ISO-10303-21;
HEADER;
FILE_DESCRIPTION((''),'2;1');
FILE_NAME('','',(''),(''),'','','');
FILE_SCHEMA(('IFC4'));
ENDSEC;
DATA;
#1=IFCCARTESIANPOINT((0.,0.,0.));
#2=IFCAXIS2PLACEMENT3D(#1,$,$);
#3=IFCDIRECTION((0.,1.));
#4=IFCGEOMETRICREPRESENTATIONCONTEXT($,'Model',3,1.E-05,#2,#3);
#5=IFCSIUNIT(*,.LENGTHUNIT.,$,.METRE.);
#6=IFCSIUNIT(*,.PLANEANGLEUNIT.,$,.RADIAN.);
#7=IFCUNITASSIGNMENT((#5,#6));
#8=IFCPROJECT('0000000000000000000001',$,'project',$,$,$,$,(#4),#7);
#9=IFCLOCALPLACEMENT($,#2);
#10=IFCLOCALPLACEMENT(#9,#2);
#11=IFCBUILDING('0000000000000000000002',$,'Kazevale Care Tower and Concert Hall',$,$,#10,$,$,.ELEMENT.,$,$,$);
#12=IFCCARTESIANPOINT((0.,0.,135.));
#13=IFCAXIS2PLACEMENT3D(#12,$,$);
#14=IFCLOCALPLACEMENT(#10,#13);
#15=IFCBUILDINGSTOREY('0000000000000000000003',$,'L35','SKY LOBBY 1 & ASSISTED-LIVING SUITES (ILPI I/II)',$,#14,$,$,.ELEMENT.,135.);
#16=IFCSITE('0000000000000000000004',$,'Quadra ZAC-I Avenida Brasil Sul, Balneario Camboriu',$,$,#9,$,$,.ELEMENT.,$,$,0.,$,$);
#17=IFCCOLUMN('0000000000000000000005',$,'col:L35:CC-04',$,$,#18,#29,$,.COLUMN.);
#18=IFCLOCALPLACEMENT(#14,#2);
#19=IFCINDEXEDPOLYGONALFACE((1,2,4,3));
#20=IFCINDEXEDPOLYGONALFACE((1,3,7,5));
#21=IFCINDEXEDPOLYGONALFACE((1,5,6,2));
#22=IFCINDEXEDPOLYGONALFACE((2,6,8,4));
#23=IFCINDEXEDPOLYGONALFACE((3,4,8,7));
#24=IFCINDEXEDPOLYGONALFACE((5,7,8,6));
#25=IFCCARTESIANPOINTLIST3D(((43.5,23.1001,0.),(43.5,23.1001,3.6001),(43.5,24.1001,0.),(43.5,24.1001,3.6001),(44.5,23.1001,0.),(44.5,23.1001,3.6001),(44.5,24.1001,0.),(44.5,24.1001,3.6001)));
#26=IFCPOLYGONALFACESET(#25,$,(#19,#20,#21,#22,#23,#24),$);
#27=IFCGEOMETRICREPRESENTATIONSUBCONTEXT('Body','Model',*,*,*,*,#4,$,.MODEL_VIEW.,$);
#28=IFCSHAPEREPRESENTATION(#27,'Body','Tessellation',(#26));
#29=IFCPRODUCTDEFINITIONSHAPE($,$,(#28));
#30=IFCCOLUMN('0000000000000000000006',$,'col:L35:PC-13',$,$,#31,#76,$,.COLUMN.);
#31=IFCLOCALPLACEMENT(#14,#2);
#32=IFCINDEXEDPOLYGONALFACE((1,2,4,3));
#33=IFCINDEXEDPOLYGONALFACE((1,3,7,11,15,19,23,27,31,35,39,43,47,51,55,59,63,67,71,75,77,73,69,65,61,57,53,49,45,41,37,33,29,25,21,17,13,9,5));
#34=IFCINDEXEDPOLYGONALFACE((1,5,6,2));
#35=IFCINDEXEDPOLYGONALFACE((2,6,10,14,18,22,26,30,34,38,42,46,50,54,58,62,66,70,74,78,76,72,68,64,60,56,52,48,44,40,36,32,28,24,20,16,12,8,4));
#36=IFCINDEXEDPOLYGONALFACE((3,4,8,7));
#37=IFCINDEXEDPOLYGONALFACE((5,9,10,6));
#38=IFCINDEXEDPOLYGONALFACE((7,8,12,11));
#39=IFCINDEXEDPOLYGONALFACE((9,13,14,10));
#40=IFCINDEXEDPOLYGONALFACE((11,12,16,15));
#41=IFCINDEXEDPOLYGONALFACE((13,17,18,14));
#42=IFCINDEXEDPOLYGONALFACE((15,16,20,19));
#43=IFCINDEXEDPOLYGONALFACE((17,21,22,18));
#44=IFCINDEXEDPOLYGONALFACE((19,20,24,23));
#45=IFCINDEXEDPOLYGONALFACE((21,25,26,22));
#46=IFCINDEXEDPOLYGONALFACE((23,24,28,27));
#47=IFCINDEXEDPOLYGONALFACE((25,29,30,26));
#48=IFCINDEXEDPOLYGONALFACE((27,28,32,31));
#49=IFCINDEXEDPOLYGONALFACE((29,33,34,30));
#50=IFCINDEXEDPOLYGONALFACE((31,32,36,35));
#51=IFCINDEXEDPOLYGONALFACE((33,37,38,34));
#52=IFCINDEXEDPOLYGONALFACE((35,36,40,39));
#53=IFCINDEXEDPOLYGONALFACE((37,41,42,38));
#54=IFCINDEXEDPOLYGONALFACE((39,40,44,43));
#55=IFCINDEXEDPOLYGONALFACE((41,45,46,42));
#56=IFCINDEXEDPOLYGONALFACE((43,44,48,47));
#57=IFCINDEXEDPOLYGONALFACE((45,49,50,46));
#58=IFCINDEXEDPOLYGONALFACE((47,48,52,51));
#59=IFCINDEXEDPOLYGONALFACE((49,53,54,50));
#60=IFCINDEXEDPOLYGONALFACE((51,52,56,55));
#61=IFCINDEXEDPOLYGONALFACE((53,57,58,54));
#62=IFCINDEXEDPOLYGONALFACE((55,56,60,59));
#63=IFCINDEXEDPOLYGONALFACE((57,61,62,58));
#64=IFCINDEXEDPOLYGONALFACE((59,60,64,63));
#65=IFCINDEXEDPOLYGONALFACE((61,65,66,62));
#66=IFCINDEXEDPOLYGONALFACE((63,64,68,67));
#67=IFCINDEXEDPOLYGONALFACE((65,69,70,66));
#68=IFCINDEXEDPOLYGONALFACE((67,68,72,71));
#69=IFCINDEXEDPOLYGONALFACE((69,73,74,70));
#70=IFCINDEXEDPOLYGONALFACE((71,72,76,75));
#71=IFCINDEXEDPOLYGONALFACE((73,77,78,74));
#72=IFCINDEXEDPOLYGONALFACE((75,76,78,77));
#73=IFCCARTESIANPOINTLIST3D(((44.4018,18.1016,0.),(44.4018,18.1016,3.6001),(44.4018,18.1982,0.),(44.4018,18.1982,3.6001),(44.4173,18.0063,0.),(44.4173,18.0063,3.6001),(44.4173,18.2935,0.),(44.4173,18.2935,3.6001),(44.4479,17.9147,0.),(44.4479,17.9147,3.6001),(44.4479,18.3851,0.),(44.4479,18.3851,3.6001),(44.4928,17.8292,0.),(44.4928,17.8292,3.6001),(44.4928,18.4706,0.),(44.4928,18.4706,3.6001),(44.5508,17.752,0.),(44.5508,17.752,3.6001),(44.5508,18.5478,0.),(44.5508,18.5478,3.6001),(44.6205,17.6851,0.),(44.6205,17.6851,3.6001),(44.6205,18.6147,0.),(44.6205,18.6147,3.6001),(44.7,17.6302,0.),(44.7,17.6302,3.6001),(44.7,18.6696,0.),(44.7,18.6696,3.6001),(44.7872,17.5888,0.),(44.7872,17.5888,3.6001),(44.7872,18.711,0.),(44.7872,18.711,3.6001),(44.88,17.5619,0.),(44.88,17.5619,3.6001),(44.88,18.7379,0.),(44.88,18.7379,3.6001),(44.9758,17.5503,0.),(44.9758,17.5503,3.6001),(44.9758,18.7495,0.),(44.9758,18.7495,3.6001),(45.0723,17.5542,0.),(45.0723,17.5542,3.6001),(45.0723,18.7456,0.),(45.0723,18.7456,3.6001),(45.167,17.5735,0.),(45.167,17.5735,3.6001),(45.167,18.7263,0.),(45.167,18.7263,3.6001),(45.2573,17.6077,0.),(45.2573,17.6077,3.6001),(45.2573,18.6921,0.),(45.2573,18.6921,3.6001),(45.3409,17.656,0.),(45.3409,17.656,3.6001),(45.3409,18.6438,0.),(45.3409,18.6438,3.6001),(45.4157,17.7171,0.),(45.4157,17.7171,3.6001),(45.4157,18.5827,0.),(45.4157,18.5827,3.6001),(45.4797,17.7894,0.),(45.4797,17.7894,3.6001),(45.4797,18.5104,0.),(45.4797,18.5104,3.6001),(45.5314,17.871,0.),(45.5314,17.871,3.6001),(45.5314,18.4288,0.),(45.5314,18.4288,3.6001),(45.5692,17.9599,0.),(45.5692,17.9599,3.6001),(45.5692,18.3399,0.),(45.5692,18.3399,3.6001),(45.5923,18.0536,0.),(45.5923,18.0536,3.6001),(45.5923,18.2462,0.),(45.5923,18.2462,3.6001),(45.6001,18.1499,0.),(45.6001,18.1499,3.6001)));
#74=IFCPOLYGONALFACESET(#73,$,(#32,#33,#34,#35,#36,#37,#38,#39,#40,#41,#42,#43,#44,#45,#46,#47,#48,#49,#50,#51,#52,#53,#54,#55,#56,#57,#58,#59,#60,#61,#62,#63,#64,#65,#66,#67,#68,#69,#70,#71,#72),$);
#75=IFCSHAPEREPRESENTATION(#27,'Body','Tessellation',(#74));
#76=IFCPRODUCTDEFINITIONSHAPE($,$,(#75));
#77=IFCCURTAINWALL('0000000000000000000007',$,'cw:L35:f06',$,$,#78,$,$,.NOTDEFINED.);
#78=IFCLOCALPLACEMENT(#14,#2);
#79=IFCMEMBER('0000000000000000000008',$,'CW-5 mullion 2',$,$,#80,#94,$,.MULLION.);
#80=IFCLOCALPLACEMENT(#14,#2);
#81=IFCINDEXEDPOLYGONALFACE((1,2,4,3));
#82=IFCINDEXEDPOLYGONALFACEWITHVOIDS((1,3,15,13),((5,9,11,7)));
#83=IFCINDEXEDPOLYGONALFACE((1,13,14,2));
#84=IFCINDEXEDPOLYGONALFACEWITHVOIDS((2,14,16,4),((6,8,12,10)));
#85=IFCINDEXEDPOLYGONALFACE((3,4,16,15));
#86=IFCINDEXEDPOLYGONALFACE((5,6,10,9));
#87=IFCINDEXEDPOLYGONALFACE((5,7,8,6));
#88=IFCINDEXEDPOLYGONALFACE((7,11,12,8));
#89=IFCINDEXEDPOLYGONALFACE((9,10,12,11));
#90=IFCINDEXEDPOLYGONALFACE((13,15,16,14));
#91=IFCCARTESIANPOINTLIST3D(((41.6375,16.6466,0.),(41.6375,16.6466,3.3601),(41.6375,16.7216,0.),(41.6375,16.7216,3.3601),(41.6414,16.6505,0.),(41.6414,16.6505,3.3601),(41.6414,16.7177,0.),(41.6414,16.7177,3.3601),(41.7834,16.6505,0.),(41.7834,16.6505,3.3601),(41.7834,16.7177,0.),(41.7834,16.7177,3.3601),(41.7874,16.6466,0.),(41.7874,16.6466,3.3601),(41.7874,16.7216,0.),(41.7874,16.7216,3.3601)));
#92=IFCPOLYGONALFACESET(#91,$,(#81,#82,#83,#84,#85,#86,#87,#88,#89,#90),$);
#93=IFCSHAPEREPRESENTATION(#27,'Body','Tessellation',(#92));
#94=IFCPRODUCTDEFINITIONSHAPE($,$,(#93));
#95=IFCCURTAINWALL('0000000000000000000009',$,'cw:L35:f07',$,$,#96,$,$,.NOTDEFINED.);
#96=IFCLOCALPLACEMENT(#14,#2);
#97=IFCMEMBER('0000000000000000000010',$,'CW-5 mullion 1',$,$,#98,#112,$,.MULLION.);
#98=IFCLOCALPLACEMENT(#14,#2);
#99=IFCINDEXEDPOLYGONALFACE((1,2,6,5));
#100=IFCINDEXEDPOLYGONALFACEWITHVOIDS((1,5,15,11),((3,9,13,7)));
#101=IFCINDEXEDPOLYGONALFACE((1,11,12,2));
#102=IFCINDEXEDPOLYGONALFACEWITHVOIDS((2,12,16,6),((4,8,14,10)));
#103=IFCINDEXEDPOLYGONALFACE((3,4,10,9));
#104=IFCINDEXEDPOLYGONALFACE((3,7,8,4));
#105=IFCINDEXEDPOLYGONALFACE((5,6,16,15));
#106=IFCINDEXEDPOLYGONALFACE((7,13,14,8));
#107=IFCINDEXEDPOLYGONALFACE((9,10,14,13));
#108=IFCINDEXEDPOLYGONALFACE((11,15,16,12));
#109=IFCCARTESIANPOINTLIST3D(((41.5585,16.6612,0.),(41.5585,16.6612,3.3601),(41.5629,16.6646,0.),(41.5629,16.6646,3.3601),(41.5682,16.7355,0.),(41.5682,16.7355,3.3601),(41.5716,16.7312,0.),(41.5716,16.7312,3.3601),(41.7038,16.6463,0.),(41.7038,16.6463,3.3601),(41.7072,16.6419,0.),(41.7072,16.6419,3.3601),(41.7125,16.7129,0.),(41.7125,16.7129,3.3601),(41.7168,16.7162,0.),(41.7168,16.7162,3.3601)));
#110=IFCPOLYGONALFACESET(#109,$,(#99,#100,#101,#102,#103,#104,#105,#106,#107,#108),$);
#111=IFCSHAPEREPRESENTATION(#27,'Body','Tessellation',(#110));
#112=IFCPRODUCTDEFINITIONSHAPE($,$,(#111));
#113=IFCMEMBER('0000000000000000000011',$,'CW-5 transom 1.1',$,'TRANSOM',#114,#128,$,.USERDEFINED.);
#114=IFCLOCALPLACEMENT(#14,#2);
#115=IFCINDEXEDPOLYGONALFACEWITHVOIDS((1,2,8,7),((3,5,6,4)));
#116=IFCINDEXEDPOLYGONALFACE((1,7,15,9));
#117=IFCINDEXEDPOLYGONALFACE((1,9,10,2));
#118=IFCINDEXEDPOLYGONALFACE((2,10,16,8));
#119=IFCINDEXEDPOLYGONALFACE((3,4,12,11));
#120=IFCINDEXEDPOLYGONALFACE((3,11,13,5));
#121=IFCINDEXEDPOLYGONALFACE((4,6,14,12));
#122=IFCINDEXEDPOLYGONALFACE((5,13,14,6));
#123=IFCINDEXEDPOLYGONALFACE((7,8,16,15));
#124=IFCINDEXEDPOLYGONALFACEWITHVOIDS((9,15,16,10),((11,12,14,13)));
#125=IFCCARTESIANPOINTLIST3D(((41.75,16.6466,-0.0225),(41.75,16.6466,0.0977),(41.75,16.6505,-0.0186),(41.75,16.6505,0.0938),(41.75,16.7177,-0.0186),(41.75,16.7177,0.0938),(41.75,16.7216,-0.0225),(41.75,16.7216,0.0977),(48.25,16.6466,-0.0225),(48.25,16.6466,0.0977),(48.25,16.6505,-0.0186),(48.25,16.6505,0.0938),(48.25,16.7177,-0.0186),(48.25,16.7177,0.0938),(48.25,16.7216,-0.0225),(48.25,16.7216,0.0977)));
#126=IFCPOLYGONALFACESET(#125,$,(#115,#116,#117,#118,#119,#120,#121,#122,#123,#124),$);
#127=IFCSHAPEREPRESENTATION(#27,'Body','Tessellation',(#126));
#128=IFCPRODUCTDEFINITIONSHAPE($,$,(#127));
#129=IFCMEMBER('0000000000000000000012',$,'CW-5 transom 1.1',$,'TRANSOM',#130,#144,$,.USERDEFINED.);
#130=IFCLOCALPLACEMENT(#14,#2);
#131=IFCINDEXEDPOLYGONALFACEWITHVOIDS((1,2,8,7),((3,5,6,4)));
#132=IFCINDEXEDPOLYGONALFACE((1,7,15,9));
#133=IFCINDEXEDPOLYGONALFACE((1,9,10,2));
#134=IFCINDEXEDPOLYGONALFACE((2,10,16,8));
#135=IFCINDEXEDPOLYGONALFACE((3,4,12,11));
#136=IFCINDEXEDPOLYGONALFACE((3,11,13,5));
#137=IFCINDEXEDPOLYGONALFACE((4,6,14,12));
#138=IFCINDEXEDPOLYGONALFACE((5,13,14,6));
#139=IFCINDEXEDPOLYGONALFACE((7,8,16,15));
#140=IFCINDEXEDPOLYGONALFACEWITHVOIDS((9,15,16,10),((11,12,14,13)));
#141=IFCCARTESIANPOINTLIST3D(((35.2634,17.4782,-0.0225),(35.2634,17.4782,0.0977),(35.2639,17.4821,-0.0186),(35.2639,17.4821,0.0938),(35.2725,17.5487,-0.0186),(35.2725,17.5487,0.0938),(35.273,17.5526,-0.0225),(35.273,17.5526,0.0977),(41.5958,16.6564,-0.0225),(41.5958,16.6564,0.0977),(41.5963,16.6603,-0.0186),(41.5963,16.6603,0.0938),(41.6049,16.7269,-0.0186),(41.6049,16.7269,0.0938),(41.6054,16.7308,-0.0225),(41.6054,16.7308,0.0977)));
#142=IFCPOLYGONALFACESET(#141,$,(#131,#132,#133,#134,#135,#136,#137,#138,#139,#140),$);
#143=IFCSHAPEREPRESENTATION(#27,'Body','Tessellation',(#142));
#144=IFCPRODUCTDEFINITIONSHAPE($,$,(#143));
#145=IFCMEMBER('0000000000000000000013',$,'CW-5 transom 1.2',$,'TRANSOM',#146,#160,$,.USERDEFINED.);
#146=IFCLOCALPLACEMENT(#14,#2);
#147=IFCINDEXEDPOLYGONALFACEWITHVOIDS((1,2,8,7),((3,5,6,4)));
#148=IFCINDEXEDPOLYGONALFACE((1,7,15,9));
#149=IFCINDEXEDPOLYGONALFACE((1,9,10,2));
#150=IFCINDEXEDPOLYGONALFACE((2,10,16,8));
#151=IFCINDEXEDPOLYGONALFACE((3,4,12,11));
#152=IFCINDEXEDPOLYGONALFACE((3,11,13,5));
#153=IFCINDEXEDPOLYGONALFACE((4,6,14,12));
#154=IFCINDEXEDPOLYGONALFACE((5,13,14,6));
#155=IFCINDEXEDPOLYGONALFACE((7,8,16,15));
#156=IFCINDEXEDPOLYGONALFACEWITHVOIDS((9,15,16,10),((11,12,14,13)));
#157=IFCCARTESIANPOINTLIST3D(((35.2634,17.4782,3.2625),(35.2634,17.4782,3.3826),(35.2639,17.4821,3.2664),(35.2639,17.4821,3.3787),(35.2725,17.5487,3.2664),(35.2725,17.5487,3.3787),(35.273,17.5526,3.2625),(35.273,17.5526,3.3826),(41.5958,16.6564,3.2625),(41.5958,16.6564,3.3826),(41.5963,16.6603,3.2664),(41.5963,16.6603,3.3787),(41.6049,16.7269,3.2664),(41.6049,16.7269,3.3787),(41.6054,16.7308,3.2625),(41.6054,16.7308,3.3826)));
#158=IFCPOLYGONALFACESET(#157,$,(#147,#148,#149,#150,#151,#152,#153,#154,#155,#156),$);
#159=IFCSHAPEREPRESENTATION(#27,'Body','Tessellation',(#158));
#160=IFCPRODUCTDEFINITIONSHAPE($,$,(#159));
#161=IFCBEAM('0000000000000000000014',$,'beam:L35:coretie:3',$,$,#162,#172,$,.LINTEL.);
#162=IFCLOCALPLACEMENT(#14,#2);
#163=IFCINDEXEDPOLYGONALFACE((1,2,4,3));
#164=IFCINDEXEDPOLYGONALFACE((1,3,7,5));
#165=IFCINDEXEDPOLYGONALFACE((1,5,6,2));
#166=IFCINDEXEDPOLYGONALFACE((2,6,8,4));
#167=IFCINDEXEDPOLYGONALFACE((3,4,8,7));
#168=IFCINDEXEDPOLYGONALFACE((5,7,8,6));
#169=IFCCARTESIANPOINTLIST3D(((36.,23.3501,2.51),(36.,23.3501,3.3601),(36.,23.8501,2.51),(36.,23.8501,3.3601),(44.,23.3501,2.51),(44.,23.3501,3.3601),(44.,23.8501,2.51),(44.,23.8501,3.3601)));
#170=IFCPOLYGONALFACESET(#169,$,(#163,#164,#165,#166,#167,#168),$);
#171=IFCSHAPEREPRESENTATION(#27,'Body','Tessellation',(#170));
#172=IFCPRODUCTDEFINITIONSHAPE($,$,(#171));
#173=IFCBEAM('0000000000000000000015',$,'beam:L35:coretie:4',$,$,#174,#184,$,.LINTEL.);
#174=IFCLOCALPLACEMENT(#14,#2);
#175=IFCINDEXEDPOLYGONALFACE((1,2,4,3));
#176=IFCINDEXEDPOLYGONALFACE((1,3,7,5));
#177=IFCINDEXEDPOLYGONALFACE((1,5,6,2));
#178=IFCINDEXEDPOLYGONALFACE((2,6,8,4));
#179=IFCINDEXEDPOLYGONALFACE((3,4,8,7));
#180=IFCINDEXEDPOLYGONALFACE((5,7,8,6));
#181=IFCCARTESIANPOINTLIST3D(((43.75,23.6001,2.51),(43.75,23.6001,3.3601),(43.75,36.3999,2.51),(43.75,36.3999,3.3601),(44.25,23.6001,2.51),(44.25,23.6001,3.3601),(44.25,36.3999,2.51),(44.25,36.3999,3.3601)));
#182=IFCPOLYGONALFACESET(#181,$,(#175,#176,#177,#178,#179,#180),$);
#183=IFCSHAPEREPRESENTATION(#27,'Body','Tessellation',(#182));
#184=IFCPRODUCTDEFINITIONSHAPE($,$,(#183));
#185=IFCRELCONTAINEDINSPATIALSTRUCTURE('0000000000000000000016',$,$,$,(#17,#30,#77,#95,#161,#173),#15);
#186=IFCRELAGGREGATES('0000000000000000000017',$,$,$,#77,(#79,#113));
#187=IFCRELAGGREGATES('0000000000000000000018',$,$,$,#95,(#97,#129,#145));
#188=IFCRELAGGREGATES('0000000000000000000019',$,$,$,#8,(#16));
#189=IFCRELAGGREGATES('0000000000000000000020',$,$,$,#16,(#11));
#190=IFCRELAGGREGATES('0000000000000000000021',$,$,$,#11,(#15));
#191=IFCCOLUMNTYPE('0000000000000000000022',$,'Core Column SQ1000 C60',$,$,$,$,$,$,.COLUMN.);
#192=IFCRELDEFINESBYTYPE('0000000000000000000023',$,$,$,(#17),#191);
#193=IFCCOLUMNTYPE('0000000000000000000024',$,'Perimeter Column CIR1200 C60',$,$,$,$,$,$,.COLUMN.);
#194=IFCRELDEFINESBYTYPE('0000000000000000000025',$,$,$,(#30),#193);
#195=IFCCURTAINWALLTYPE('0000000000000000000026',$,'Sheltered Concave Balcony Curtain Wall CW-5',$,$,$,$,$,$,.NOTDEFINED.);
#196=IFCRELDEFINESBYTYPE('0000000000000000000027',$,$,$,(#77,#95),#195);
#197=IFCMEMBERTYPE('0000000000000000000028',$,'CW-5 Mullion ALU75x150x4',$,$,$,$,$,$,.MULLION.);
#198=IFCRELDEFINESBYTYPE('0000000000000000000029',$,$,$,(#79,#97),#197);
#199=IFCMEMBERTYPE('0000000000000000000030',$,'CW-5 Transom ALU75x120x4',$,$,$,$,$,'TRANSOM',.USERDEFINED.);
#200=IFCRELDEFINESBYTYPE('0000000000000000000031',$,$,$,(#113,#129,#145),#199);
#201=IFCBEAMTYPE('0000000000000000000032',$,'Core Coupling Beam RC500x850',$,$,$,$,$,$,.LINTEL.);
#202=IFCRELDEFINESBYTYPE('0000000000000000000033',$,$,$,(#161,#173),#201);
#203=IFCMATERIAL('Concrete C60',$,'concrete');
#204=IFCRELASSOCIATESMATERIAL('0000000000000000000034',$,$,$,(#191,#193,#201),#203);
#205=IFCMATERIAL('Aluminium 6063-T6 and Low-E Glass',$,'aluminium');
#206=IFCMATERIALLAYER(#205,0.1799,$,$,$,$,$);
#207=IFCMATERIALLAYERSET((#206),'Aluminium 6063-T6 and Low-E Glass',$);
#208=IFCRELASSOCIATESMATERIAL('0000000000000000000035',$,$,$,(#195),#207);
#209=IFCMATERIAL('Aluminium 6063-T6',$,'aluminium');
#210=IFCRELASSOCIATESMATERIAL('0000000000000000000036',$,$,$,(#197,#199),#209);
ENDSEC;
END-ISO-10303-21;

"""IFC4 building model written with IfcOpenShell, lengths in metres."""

from ifc_helpers import new_model, si_unit, direction, frame, origin, origin_2d, place, context, subcontext, project, spatial, rectangle, hollow_rectangle, circle, extrude, material, layer, layer_set, material_profile, profile_set, type_object, element, aggregate, save


model = new_model("IFC4")

# Units and contexts
model_context = context("Model", 3, precision=1e-05, world=origin(), true_north=direction((0.0, 1.0)))
body_context = subcontext(model_context, "Body", "Model", "MODEL_VIEW")
ifc_project = project(units=[si_unit("LENGTHUNIT", "METRE"), si_unit("PLANEANGLEUNIT", "RADIAN")], contexts=[model_context])

# Site, building, storey
site_placement = place(None, origin())
site = spatial("IfcSite", under=ifc_project, at=site_placement, Name="Quadra ZAC-I Avenida Brasil Sul, Balneario Camboriu", CompositionType="ELEMENT", RefElevation=0.0)
building_placement = place(site_placement, origin())
building = spatial("IfcBuilding", under=site, at=building_placement, Name="Kazevale Care Tower and Concert Hall", CompositionType="ELEMENT")
storey_placement = place(building_placement, frame((0.0, 0.0, 135.0)))
storey = spatial("IfcBuildingStorey", under=building, at=storey_placement, Name="L35", Description="SKY LOBBY 1 & ASSISTED-LIVING SUITES (ILPI I/II)", CompositionType="ELEMENT", Elevation=135.0)

# Columns
ifc_material_1 = material(Name="Concrete C60", Category="concrete")
ifc_material_profile_1 = material_profile(ifc_material_1, rectangle(XDim=1.0, YDim=1.0, at=origin_2d()), Name="RC-SQ1000")
ifc_profile_set_1 = profile_set([ifc_material_profile_1], Name="Concrete C60")
column_type_1 = type_object("IfcColumnType", Name="Core Column SQ1000 C60", PredefinedType="COLUMN", material=ifc_profile_set_1)
column_1_placement = place(storey_placement, frame((44.0, 23.6001, 0.0), z_axis=(0.0, 0.0, 1.0), x_axis=(1.0, 0.0, 0.0)))
element("IfcColumn", 1, at=column_1_placement, inside=storey, type_object=column_type_1, Name="col:L35:CC-04", PredefinedType="COLUMN", context=body_context, shape_type="SweptSolid", body=[
    extrude(rectangle(XDim=1.0, YDim=1.0, at=origin_2d()), origin(), (0.0, 0.0, 1.0), 3.6001),
])
ifc_material_profile_2 = material_profile(ifc_material_1, circle(Radius=0.6001, at=origin_2d()), Name="RC-CIR1200")
ifc_profile_set_2 = profile_set([ifc_material_profile_2], Name="Concrete C60")
column_type_2 = type_object("IfcColumnType", Name="Perimeter Column CIR1200 C60", PredefinedType="COLUMN", material=ifc_profile_set_2)
column_2_placement = place(storey_placement, frame((45.0, 18.1499, 0.0), z_axis=(0.0, 0.0, 1.0), x_axis=(1.0, 0.0, 0.0)))
element("IfcColumn", 2, at=column_2_placement, inside=storey, type_object=column_type_2, Name="col:L35:PC-13", PredefinedType="COLUMN", context=body_context, shape_type="SweptSolid", body=[
    extrude(circle(Radius=0.6001, at=origin_2d()), origin(), (0.0, 0.0, 1.0), 3.6001),
])

# Curtain walls, members
ifc_material_2 = material(Name="Aluminium 6063-T6 and Low-E Glass", Category="aluminium")
ifc_layer_1 = layer(ifc_material_2, 0.1799)
ifc_layer_set_1 = layer_set([ifc_layer_1], Name="Aluminium 6063-T6 and Low-E Glass")
curtain_wall_type = type_object("IfcCurtainWallType", Name="Sheltered Concave Balcony Curtain Wall CW-5", PredefinedType="NOTDEFINED", material=ifc_layer_set_1)
curtain_wall_1_placement = place(storey_placement, origin())
curtain_wall_1 = element("IfcCurtainWall", 3, at=curtain_wall_1_placement, inside=storey, type_object=curtain_wall_type, Name="cw:L35:f06", PredefinedType="NOTDEFINED")
ifc_material_3 = material(Name="Aluminium 6063-T6", Category="aluminium")
ifc_material_profile_3 = material_profile(ifc_material_3, hollow_rectangle(XDim=0.075, YDim=0.1499, WallThickness=0.0039, at=origin_2d()), Name="ALU75x150x4")
ifc_profile_set_3 = profile_set([ifc_material_profile_3], Name="Aluminium 6063-T6")
member_type_1 = type_object("IfcMemberType", Name="CW-5 Mullion ALU75x150x4", PredefinedType="MULLION", material=ifc_profile_set_3)
member_1_placement = place(storey_placement, frame((41.7124, 16.6841, 0.0), z_axis=(0.0, 0.0, 1.0), x_axis=(0.0, -1.0, 0.0)))
member_1 = element("IfcMember", 4, at=member_1_placement, type_object=member_type_1, Name="CW-5 mullion 2", PredefinedType="MULLION", context=body_context, shape_type="SweptSolid", body=[
    extrude(hollow_rectangle(XDim=0.075, YDim=0.1499, WallThickness=0.0039, at=origin_2d()), origin(), (0.0, 0.0, 1.0), 3.3601),
])
curtain_wall_2_placement = place(storey_placement, origin())
curtain_wall_2 = element("IfcCurtainWall", 5, at=curtain_wall_2_placement, inside=storey, type_object=curtain_wall_type, Name="cw:L35:f07", PredefinedType="NOTDEFINED")
member_2_placement = place(storey_placement, frame((41.6377, 16.6887, 0.0), z_axis=(0.0, 0.0, 1.0), x_axis=(-0.128685, -0.991686, 0.0)))
member_2 = element("IfcMember", 6, at=member_2_placement, type_object=member_type_1, Name="CW-5 mullion 1", PredefinedType="MULLION", context=body_context, shape_type="SweptSolid", body=[
    extrude(hollow_rectangle(XDim=0.075, YDim=0.1499, WallThickness=0.0039, at=origin_2d()), origin(), (0.0, 0.0, 1.0), 3.3601),
])

# Members
ifc_material_profile_4 = material_profile(ifc_material_3, hollow_rectangle(XDim=0.075, YDim=0.1201, WallThickness=0.0039, at=origin_2d()), Name="ALU75x120x4")
ifc_profile_set_4 = profile_set([ifc_material_profile_4], Name="Aluminium 6063-T6")
member_type_2 = type_object("IfcMemberType", Name="CW-5 Transom ALU75x120x4", ElementType="TRANSOM", PredefinedType="USERDEFINED", material=ifc_profile_set_4)
member_3_placement = place(storey_placement, frame((48.25, 16.6841, 0.0376), z_axis=(-1.0, 0.0, 0.0), x_axis=(0.0, -1.0, 0.0)))
member_3 = element("IfcMember", 7, at=member_3_placement, type_object=member_type_2, Name="CW-5 transom 1.1", ObjectType="TRANSOM", PredefinedType="USERDEFINED", context=body_context, shape_type="SweptSolid", body=[
    extrude(hollow_rectangle(XDim=0.075, YDim=0.1201, WallThickness=0.0039, at=origin_2d()), origin(), (0.0, 0.0, 1.0), 6.5),
])
member_4_placement = place(storey_placement, frame((41.6006, 16.6936, 0.0376), z_axis=(-0.991684, 0.128697, 0.0), x_axis=(-0.128697, -0.991684, 0.0)))
member_4 = element("IfcMember", 8, at=member_4_placement, type_object=member_type_2, Name="CW-5 transom 1.1", ObjectType="TRANSOM", PredefinedType="USERDEFINED", context=body_context, shape_type="SweptSolid", body=[
    extrude(hollow_rectangle(XDim=0.075, YDim=0.1201, WallThickness=0.0039, at=origin_2d()), origin(), (0.0, 0.0, 1.0), 6.3855),
])
member_5_placement = place(storey_placement, frame((41.6006, 16.6936, 3.3225), z_axis=(-0.991684, 0.128697, 0.0), x_axis=(-0.128697, -0.991684, 0.0)))
member_5 = element("IfcMember", 9, at=member_5_placement, type_object=member_type_2, Name="CW-5 transom 1.2", ObjectType="TRANSOM", PredefinedType="USERDEFINED", context=body_context, shape_type="SweptSolid", body=[
    extrude(hollow_rectangle(XDim=0.075, YDim=0.1201, WallThickness=0.0039, at=origin_2d()), origin(), (0.0, 0.0, 1.0), 6.3855),
])

# Beams
ifc_material_profile_5 = material_profile(ifc_material_1, rectangle(XDim=0.5, YDim=0.8501, at=origin_2d()), Name="RC-B500x850")
ifc_profile_set_5 = profile_set([ifc_material_profile_5], Name="Concrete C60")
beam_type_1 = type_object("IfcBeamType", Name="Core Coupling Beam RC500x850", PredefinedType="LINTEL", material=ifc_profile_set_5)
beam_1_placement = place(storey_placement, frame((36.0, 23.6001, 2.9351), z_axis=(1.0, 0.0, 0.0), x_axis=(0.0, 1.0, 0.0)))
element("IfcBeam", 10, at=beam_1_placement, inside=storey, type_object=beam_type_1, Name="beam:L35:coretie:3", PredefinedType="LINTEL", context=body_context, shape_type="SweptSolid", body=[
    extrude(rectangle(XDim=0.5, YDim=0.8501, at=origin_2d()), origin(), (0.0, 0.0, 1.0), 8.0),
])
beam_2_placement = place(storey_placement, frame((44.0, 23.6001, 2.9351), z_axis=(0.0, 1.0, 0.0), x_axis=(-1.0, 0.0, 0.0)))
element("IfcBeam", 11, at=beam_2_placement, inside=storey, type_object=beam_type_1, Name="beam:L35:coretie:4", PredefinedType="LINTEL", context=body_context, shape_type="SweptSolid", body=[
    extrude(rectangle(XDim=0.5, YDim=0.8501, at=origin_2d()), origin(), (0.0, 0.0, 1.0), 12.7998),
])

aggregate(curtain_wall_1, [member_1, member_3])
aggregate(curtain_wall_2, [member_2, member_4, member_5])

save(model, "model.ifc")
